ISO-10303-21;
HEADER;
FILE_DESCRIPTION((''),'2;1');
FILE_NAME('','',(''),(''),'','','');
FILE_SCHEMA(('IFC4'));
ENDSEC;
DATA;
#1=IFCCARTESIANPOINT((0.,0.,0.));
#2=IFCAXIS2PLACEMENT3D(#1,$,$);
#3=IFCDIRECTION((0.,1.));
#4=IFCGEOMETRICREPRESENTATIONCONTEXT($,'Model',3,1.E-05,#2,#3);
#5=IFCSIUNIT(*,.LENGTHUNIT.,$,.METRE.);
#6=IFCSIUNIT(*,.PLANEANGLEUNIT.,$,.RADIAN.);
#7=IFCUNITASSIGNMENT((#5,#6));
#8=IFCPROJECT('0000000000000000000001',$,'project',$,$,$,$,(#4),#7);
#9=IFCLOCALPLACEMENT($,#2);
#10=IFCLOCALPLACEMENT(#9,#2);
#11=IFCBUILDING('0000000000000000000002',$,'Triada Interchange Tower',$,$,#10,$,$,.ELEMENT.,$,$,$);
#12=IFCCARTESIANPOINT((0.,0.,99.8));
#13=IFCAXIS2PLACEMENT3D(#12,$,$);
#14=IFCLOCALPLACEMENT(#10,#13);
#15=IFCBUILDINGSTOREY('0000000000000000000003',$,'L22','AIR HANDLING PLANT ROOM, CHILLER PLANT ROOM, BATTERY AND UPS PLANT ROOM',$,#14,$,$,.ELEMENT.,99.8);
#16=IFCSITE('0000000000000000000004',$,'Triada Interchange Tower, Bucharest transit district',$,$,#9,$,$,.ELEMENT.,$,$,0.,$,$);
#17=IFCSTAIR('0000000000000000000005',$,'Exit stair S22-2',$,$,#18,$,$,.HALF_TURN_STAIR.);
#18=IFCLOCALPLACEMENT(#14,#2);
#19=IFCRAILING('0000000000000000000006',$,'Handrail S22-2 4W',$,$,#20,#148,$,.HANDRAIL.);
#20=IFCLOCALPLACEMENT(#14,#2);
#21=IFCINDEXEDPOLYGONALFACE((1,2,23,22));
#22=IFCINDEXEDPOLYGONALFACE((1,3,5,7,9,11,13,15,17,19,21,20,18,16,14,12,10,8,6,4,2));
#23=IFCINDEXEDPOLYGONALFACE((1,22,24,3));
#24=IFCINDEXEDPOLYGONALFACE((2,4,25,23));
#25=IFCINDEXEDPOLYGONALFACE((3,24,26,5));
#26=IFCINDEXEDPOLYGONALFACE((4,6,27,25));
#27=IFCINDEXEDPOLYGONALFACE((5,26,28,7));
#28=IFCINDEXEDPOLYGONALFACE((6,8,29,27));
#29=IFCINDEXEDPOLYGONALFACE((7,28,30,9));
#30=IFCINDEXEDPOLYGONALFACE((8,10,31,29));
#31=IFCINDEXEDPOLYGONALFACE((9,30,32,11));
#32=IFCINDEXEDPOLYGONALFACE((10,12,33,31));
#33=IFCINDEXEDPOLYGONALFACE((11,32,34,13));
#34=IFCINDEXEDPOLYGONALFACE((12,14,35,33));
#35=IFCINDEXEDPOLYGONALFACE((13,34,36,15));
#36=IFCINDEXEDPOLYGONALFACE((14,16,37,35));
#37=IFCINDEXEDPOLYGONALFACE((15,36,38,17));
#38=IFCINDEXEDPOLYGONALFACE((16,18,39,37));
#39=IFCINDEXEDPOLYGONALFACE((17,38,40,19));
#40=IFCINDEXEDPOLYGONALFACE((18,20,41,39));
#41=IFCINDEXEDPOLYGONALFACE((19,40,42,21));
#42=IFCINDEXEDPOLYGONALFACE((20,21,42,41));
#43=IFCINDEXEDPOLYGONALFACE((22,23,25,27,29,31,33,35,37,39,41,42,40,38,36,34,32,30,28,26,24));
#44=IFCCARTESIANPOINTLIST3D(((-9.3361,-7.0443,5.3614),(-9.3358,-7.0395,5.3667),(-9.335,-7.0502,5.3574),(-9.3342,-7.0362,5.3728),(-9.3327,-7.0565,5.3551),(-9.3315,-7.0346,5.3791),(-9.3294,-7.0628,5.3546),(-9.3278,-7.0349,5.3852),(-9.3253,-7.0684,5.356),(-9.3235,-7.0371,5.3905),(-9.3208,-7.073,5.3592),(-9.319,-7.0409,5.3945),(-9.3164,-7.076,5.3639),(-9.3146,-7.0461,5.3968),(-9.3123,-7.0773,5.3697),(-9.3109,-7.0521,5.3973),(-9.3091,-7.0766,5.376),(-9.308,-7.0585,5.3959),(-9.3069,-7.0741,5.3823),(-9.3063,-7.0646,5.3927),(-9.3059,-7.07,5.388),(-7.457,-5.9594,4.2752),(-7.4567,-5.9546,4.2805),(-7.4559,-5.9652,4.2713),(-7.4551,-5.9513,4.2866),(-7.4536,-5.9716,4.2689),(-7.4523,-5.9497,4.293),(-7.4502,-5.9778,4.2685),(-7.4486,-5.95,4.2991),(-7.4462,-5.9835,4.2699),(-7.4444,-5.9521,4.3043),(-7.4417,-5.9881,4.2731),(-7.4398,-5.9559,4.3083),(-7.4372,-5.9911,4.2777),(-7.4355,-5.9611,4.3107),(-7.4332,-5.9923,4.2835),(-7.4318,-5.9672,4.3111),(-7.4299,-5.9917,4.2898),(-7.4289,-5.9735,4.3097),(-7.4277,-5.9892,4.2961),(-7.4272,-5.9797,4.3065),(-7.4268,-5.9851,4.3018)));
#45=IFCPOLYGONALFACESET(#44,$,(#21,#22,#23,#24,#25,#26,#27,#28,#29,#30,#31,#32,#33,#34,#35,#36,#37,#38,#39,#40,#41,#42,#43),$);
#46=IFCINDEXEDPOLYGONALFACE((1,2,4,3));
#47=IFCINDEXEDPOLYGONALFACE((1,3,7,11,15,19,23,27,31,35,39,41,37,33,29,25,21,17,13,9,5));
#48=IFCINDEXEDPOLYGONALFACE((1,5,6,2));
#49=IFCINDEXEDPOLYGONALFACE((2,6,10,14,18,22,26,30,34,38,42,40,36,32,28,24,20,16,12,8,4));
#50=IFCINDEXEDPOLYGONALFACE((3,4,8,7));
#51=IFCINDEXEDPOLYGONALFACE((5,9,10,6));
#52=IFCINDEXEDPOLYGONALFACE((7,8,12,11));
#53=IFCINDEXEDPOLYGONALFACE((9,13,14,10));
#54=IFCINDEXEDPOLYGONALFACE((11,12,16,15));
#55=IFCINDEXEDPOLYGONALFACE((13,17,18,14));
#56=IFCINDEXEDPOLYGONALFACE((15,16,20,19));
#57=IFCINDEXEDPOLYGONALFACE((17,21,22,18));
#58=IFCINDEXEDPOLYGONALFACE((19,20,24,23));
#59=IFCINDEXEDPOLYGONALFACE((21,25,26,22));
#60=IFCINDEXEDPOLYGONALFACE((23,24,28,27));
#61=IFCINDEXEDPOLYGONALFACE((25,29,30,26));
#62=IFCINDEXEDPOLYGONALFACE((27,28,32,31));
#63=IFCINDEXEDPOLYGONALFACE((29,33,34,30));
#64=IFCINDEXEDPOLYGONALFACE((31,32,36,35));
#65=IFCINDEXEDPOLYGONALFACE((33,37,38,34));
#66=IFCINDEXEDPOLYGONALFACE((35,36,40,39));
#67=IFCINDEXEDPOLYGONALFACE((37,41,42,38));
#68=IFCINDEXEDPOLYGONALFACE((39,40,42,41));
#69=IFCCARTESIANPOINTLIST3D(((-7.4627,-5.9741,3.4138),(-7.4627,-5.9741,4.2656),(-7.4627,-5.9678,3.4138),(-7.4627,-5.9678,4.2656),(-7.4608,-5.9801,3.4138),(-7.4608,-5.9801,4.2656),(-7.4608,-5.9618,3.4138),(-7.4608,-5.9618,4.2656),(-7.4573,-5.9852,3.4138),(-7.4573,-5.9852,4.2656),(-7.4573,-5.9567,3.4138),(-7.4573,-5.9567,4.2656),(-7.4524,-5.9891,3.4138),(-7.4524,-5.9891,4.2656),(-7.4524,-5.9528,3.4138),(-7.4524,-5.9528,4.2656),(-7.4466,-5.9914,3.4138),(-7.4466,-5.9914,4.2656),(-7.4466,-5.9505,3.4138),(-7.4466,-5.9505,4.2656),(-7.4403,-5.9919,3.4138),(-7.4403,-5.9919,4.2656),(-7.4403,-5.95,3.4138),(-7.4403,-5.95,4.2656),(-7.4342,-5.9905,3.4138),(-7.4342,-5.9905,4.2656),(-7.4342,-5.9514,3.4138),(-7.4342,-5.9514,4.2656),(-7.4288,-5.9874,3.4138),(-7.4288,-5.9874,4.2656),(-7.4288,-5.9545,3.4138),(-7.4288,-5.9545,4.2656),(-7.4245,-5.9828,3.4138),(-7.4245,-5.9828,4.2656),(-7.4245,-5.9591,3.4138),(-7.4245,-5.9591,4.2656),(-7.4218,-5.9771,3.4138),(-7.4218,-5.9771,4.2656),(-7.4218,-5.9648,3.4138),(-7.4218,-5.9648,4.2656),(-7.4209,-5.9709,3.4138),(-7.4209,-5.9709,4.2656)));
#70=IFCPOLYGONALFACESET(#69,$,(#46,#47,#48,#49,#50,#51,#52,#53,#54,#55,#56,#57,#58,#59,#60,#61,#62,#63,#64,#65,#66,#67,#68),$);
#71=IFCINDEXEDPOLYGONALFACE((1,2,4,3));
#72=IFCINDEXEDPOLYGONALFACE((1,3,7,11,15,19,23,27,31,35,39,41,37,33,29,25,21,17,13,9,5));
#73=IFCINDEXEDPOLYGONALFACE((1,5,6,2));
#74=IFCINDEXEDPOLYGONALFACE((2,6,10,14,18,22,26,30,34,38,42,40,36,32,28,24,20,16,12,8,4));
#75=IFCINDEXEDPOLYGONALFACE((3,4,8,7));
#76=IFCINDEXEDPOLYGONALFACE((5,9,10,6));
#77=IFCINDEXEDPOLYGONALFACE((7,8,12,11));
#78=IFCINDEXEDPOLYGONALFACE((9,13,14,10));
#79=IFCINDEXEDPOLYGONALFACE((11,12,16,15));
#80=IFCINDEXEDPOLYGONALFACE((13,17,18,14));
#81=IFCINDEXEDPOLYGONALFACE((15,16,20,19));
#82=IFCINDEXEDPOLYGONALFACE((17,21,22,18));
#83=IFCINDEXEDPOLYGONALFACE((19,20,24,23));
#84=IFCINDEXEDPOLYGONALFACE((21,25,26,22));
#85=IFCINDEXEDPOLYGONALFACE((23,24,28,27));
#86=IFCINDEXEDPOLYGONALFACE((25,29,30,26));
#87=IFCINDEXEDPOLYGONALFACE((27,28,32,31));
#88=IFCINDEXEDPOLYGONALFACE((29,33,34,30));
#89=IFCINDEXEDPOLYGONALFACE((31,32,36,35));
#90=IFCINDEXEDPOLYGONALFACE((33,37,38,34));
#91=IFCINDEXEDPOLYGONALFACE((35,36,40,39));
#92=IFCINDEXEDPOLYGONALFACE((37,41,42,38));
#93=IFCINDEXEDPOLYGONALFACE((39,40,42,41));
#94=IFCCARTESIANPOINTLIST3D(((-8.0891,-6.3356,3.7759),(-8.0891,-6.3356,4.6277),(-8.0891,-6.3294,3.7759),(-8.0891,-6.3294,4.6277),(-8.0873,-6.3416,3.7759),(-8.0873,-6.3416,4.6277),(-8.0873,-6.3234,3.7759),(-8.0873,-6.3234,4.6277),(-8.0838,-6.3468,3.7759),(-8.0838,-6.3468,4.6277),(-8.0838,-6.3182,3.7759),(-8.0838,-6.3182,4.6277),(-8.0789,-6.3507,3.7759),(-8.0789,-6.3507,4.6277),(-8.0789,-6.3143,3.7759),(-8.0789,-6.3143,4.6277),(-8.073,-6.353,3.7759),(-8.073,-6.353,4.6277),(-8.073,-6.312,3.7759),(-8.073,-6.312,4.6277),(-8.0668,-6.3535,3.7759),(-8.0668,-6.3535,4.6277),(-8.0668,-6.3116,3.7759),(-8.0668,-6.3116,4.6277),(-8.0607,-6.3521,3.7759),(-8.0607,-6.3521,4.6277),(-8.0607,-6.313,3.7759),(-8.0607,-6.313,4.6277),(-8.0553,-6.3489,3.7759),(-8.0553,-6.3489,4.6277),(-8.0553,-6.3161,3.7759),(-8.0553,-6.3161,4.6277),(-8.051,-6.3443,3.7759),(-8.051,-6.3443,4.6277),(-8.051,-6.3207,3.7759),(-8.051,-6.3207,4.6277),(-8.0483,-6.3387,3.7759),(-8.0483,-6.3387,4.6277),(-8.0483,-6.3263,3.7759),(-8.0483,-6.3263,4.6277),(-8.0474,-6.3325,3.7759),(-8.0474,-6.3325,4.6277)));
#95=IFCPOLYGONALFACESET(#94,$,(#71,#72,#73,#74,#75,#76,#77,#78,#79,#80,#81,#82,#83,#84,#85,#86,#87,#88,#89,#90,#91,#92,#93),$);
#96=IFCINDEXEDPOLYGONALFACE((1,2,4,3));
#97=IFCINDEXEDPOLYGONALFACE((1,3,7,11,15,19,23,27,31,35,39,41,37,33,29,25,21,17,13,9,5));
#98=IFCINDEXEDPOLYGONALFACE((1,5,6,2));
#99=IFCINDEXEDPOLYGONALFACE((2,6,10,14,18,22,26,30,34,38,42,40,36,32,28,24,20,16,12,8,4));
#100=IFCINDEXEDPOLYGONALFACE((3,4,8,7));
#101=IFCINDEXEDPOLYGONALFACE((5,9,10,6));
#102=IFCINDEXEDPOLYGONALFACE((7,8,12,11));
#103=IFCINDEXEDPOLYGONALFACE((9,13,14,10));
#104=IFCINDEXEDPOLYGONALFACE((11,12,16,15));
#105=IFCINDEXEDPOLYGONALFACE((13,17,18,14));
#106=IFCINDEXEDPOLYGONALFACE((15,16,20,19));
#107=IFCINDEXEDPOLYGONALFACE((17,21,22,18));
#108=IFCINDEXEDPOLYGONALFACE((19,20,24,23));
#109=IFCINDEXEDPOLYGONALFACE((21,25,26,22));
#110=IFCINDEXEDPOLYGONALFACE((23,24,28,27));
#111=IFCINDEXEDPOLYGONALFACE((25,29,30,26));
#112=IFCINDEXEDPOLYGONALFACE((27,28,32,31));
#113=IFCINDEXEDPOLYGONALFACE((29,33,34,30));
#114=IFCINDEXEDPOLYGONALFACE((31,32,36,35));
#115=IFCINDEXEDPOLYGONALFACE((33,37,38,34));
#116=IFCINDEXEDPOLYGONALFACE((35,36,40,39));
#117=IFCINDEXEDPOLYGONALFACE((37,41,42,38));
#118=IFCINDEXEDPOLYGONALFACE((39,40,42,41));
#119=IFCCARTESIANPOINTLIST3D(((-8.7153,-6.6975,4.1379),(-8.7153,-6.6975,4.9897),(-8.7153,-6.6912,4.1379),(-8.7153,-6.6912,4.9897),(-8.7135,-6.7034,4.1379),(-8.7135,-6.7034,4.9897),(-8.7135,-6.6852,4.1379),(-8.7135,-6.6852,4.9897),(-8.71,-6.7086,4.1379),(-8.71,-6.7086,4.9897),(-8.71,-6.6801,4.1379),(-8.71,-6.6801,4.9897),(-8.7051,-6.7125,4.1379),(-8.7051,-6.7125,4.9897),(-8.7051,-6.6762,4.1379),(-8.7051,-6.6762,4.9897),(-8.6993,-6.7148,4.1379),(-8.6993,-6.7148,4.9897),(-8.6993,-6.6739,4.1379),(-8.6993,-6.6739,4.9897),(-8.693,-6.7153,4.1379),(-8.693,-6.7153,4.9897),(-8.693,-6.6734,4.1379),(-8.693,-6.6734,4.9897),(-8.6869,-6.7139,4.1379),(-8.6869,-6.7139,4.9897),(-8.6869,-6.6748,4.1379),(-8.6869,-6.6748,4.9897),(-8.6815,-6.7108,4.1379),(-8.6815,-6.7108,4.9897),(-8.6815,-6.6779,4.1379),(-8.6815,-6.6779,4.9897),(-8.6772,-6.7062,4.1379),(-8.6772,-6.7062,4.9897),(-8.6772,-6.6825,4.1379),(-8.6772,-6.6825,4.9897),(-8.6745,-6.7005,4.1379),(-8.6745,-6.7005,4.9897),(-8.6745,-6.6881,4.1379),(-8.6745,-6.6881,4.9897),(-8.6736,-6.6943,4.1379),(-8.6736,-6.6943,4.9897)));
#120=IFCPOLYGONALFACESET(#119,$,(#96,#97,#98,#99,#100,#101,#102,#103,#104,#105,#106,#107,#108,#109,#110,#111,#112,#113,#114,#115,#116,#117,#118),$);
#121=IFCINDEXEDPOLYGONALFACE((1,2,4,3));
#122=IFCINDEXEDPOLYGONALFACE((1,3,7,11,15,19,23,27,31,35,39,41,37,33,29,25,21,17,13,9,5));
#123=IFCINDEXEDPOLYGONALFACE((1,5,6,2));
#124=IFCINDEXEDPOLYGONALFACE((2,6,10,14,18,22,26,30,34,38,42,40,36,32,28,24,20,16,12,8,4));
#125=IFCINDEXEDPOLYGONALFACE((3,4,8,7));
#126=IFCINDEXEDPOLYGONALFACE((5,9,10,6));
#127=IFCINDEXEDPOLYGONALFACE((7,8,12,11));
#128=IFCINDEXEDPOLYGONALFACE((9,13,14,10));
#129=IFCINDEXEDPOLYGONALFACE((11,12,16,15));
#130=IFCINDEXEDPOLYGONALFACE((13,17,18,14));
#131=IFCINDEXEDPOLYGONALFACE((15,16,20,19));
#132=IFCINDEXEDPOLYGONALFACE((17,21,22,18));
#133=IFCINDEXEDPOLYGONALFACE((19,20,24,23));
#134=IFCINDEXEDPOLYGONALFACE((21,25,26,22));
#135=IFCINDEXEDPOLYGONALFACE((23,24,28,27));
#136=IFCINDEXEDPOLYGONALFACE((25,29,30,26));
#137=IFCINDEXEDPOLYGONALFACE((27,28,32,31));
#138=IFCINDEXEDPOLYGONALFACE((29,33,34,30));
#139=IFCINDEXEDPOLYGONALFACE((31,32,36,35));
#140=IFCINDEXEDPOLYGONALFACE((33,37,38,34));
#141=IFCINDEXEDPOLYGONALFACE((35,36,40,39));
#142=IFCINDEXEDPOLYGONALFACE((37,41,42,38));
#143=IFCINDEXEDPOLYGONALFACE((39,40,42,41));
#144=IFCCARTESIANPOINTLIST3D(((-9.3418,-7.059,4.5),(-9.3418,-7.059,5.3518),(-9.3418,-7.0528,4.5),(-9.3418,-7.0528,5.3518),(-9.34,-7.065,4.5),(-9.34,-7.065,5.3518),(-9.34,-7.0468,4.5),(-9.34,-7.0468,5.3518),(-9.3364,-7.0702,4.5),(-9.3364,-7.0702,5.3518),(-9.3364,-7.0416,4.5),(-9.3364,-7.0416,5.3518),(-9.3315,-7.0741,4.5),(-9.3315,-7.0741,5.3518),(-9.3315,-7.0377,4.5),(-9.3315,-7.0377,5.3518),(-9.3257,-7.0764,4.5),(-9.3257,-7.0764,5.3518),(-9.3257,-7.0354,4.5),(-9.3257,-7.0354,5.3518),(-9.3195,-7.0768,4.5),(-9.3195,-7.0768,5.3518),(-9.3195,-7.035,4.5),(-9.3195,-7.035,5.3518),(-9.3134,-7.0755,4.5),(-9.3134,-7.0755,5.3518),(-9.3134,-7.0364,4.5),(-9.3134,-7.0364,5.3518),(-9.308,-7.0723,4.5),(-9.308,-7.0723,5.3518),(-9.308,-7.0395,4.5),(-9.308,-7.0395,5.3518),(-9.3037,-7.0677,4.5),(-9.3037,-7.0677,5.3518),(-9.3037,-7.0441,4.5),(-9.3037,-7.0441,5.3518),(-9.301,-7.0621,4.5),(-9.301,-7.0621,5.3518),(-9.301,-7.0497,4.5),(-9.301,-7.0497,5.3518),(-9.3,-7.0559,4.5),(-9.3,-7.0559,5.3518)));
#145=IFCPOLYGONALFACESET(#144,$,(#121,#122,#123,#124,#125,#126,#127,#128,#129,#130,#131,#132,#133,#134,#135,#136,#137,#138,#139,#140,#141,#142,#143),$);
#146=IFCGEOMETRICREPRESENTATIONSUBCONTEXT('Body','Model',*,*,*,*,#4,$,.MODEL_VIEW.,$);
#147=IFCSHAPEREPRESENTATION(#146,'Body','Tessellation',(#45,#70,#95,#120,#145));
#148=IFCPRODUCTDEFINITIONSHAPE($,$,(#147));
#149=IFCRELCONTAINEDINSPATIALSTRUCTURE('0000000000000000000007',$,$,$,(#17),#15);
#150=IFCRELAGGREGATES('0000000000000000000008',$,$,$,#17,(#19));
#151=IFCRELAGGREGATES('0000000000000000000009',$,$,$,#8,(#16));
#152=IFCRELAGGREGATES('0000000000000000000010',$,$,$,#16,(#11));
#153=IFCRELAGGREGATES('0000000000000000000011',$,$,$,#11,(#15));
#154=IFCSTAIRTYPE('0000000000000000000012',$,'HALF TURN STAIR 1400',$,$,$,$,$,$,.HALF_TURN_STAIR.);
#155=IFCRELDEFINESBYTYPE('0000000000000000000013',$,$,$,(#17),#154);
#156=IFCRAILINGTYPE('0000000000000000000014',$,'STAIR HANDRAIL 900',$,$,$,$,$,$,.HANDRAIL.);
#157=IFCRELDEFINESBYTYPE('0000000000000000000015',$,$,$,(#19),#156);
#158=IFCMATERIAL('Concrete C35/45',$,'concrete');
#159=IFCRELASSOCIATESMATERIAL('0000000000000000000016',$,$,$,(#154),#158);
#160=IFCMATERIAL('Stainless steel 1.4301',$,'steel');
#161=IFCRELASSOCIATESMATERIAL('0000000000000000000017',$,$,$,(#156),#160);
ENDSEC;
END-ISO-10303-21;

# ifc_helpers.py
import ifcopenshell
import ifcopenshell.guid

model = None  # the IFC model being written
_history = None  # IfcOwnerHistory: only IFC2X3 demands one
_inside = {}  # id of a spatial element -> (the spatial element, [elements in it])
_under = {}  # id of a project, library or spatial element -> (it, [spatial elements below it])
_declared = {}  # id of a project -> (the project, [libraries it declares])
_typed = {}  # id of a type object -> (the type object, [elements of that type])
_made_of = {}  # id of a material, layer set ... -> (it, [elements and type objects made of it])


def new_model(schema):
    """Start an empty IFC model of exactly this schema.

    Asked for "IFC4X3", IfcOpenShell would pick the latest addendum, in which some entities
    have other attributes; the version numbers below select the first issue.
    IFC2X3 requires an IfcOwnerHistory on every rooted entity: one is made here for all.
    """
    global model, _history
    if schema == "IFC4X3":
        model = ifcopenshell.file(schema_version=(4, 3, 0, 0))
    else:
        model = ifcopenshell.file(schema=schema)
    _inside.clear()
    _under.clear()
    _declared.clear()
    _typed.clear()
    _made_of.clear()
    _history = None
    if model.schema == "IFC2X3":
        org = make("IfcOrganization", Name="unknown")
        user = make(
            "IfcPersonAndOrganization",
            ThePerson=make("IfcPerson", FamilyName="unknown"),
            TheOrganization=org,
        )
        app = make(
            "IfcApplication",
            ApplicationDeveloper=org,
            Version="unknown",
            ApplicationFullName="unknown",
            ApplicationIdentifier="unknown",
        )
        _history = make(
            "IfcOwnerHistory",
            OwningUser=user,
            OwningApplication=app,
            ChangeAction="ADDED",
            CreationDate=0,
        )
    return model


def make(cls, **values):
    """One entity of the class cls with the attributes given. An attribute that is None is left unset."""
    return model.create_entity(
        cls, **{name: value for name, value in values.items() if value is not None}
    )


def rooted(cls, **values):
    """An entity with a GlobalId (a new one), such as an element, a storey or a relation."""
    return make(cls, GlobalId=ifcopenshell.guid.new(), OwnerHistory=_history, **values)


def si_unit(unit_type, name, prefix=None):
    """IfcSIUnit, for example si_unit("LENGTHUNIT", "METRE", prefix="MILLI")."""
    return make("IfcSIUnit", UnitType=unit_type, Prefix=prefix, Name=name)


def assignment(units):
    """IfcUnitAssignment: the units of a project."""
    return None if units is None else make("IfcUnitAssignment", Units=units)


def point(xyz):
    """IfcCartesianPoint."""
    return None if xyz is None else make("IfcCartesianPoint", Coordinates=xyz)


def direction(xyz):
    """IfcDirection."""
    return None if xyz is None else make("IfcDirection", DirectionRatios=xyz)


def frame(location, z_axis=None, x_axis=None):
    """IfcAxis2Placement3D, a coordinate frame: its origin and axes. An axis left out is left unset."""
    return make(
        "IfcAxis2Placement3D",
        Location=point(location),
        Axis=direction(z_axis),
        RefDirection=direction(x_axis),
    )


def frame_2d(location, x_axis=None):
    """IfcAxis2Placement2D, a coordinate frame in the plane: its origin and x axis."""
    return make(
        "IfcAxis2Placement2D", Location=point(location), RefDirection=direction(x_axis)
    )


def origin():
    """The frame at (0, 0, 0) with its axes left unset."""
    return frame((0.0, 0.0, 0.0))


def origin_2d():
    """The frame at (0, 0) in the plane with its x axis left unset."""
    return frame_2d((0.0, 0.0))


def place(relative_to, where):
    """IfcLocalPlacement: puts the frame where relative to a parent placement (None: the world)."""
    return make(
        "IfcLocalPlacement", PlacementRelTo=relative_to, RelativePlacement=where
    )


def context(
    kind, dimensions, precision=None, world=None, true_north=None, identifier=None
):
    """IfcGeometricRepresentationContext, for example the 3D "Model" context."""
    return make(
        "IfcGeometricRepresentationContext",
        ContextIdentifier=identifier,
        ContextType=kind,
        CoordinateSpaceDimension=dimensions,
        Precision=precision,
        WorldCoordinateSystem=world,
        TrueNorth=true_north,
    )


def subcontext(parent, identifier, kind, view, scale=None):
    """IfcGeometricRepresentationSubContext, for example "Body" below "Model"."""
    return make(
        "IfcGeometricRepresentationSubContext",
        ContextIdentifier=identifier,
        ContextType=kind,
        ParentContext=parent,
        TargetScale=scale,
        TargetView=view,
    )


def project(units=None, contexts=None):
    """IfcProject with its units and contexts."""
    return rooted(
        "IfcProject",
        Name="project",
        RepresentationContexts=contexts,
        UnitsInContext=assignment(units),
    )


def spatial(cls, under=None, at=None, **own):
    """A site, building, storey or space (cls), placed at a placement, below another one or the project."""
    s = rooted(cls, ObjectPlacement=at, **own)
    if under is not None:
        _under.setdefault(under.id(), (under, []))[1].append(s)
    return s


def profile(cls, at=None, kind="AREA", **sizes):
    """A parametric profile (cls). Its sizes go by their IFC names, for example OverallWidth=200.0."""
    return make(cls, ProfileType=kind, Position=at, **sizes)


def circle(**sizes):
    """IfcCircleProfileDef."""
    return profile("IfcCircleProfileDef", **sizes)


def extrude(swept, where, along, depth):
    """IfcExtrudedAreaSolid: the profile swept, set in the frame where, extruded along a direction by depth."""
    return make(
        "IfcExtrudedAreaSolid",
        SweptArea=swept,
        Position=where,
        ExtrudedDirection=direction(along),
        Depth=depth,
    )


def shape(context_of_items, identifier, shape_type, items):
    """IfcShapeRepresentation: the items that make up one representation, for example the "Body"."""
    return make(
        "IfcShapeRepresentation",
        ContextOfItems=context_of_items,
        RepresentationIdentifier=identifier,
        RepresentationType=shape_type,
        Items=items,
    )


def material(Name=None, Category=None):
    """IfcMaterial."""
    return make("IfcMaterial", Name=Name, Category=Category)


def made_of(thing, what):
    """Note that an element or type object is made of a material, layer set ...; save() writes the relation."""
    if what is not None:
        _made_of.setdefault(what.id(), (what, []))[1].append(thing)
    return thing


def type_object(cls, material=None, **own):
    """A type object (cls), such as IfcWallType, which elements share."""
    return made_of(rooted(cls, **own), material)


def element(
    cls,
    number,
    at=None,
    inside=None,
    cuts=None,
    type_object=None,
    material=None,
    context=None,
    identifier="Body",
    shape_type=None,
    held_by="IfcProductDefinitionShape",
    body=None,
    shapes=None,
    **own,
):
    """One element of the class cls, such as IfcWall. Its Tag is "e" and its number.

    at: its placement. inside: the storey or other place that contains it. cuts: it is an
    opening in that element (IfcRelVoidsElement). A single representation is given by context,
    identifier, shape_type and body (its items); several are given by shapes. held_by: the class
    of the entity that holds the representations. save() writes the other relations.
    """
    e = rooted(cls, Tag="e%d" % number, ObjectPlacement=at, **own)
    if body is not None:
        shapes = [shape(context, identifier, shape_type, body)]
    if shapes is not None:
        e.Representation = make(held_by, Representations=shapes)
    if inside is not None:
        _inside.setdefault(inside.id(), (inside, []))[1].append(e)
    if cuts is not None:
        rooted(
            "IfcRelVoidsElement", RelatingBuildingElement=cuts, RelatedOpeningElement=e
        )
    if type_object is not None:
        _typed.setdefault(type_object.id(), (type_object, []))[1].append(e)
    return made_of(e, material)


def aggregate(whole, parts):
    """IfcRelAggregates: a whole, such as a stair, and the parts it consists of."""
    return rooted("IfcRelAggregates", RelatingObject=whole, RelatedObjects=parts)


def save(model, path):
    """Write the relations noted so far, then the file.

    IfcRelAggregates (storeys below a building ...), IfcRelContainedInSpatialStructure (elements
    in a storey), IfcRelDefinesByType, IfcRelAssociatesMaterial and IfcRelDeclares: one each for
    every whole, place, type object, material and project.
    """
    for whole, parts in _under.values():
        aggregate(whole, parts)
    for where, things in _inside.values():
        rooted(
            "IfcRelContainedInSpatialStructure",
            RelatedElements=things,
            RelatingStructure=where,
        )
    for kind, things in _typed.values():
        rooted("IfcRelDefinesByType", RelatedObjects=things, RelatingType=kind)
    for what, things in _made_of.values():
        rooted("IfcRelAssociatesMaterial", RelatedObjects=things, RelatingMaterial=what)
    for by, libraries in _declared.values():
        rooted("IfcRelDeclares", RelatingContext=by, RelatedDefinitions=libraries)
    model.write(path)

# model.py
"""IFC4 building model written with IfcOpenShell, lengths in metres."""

from ifc_helpers import new_model, si_unit, direction, frame, origin, origin_2d, place, context, subcontext, project, spatial, circle, extrude, material, type_object, element, aggregate, save


model = new_model("IFC4")

# Units and contexts
model_context = context("Model", 3, precision=1e-05, world=origin(), true_north=direction((0.0, 1.0)))
body_context = subcontext(model_context, "Body", "Model", "MODEL_VIEW")
ifc_project = project(units=[si_unit("LENGTHUNIT", "METRE"), si_unit("PLANEANGLEUNIT", "RADIAN")], contexts=[model_context])

# Site, building, storey
site_placement = place(None, origin())
site = spatial("IfcSite", under=ifc_project, at=site_placement, Name="Triada Interchange Tower, Bucharest transit district", CompositionType="ELEMENT", RefElevation=0.0)
building_placement = place(site_placement, origin())
building = spatial("IfcBuilding", under=site, at=building_placement, Name="Triada Interchange Tower", CompositionType="ELEMENT")
storey_placement = place(building_placement, frame((0.0, 0.0, 99.8)))
storey = spatial("IfcBuildingStorey", under=building, at=storey_placement, Name="L22", Description="AIR HANDLING PLANT ROOM, CHILLER PLANT ROOM, BATTERY AND UPS PLANT ROOM", CompositionType="ELEMENT", Elevation=99.8)

# Shared definitions
ifc_material_1 = material(Name="Concrete C35/45", Category="concrete")

# Stair, railing
stair_type = type_object("IfcStairType", Name="HALF TURN STAIR 1400", PredefinedType="HALF_TURN_STAIR", material=ifc_material_1)
stair_placement = place(storey_placement, origin())
stair = element("IfcStair", 1, at=stair_placement, inside=storey, type_object=stair_type, Name="Exit stair S22-2", PredefinedType="HALF_TURN_STAIR")
ifc_material_2 = material(Name="Stainless steel 1.4301", Category="steel")
railing_type_1 = type_object("IfcRailingType", Name="STAIR HANDRAIL 900", PredefinedType="HANDRAIL", material=ifc_material_2)
railing_1_placement = place(storey_placement, frame((-7.4419, -5.9709, 3.4138)))
railing_1 = element("IfcRailing", 2, at=railing_1_placement, type_object=railing_type_1, Name="Handrail S22-2 4W", PredefinedType="HANDRAIL", context=body_context, shape_type="SweptSolid", body=[
    extrude(circle(Radius=0.0239, at=origin_2d()), frame((0.0, 0.0, 0.876), z_axis=(-0.774413, -0.447121, 0.447624), x_axis=(0.500011, -0.866019, 0.0)), (0.0, 0.0, 1.0), 2.4265),
    extrude(circle(Radius=0.021, at=origin_2d()), origin(), (0.0, 0.0, 1.0), 0.8518),
    extrude(circle(Radius=0.021, at=origin_2d()), frame((-0.6265, -0.3616, 0.3621)), (0.0, 0.0, 1.0), 0.8518),
    extrude(circle(Radius=0.021, at=origin_2d()), frame((-1.2527, -0.7234, 0.7241)), (0.0, 0.0, 1.0), 0.8518),
    extrude(circle(Radius=0.021, at=origin_2d()), frame((-1.8792, -1.085, 1.0862)), (0.0, 0.0, 1.0), 0.8518),
])
aggregate(stair, [railing_1])

save(model, "model.ifc")
